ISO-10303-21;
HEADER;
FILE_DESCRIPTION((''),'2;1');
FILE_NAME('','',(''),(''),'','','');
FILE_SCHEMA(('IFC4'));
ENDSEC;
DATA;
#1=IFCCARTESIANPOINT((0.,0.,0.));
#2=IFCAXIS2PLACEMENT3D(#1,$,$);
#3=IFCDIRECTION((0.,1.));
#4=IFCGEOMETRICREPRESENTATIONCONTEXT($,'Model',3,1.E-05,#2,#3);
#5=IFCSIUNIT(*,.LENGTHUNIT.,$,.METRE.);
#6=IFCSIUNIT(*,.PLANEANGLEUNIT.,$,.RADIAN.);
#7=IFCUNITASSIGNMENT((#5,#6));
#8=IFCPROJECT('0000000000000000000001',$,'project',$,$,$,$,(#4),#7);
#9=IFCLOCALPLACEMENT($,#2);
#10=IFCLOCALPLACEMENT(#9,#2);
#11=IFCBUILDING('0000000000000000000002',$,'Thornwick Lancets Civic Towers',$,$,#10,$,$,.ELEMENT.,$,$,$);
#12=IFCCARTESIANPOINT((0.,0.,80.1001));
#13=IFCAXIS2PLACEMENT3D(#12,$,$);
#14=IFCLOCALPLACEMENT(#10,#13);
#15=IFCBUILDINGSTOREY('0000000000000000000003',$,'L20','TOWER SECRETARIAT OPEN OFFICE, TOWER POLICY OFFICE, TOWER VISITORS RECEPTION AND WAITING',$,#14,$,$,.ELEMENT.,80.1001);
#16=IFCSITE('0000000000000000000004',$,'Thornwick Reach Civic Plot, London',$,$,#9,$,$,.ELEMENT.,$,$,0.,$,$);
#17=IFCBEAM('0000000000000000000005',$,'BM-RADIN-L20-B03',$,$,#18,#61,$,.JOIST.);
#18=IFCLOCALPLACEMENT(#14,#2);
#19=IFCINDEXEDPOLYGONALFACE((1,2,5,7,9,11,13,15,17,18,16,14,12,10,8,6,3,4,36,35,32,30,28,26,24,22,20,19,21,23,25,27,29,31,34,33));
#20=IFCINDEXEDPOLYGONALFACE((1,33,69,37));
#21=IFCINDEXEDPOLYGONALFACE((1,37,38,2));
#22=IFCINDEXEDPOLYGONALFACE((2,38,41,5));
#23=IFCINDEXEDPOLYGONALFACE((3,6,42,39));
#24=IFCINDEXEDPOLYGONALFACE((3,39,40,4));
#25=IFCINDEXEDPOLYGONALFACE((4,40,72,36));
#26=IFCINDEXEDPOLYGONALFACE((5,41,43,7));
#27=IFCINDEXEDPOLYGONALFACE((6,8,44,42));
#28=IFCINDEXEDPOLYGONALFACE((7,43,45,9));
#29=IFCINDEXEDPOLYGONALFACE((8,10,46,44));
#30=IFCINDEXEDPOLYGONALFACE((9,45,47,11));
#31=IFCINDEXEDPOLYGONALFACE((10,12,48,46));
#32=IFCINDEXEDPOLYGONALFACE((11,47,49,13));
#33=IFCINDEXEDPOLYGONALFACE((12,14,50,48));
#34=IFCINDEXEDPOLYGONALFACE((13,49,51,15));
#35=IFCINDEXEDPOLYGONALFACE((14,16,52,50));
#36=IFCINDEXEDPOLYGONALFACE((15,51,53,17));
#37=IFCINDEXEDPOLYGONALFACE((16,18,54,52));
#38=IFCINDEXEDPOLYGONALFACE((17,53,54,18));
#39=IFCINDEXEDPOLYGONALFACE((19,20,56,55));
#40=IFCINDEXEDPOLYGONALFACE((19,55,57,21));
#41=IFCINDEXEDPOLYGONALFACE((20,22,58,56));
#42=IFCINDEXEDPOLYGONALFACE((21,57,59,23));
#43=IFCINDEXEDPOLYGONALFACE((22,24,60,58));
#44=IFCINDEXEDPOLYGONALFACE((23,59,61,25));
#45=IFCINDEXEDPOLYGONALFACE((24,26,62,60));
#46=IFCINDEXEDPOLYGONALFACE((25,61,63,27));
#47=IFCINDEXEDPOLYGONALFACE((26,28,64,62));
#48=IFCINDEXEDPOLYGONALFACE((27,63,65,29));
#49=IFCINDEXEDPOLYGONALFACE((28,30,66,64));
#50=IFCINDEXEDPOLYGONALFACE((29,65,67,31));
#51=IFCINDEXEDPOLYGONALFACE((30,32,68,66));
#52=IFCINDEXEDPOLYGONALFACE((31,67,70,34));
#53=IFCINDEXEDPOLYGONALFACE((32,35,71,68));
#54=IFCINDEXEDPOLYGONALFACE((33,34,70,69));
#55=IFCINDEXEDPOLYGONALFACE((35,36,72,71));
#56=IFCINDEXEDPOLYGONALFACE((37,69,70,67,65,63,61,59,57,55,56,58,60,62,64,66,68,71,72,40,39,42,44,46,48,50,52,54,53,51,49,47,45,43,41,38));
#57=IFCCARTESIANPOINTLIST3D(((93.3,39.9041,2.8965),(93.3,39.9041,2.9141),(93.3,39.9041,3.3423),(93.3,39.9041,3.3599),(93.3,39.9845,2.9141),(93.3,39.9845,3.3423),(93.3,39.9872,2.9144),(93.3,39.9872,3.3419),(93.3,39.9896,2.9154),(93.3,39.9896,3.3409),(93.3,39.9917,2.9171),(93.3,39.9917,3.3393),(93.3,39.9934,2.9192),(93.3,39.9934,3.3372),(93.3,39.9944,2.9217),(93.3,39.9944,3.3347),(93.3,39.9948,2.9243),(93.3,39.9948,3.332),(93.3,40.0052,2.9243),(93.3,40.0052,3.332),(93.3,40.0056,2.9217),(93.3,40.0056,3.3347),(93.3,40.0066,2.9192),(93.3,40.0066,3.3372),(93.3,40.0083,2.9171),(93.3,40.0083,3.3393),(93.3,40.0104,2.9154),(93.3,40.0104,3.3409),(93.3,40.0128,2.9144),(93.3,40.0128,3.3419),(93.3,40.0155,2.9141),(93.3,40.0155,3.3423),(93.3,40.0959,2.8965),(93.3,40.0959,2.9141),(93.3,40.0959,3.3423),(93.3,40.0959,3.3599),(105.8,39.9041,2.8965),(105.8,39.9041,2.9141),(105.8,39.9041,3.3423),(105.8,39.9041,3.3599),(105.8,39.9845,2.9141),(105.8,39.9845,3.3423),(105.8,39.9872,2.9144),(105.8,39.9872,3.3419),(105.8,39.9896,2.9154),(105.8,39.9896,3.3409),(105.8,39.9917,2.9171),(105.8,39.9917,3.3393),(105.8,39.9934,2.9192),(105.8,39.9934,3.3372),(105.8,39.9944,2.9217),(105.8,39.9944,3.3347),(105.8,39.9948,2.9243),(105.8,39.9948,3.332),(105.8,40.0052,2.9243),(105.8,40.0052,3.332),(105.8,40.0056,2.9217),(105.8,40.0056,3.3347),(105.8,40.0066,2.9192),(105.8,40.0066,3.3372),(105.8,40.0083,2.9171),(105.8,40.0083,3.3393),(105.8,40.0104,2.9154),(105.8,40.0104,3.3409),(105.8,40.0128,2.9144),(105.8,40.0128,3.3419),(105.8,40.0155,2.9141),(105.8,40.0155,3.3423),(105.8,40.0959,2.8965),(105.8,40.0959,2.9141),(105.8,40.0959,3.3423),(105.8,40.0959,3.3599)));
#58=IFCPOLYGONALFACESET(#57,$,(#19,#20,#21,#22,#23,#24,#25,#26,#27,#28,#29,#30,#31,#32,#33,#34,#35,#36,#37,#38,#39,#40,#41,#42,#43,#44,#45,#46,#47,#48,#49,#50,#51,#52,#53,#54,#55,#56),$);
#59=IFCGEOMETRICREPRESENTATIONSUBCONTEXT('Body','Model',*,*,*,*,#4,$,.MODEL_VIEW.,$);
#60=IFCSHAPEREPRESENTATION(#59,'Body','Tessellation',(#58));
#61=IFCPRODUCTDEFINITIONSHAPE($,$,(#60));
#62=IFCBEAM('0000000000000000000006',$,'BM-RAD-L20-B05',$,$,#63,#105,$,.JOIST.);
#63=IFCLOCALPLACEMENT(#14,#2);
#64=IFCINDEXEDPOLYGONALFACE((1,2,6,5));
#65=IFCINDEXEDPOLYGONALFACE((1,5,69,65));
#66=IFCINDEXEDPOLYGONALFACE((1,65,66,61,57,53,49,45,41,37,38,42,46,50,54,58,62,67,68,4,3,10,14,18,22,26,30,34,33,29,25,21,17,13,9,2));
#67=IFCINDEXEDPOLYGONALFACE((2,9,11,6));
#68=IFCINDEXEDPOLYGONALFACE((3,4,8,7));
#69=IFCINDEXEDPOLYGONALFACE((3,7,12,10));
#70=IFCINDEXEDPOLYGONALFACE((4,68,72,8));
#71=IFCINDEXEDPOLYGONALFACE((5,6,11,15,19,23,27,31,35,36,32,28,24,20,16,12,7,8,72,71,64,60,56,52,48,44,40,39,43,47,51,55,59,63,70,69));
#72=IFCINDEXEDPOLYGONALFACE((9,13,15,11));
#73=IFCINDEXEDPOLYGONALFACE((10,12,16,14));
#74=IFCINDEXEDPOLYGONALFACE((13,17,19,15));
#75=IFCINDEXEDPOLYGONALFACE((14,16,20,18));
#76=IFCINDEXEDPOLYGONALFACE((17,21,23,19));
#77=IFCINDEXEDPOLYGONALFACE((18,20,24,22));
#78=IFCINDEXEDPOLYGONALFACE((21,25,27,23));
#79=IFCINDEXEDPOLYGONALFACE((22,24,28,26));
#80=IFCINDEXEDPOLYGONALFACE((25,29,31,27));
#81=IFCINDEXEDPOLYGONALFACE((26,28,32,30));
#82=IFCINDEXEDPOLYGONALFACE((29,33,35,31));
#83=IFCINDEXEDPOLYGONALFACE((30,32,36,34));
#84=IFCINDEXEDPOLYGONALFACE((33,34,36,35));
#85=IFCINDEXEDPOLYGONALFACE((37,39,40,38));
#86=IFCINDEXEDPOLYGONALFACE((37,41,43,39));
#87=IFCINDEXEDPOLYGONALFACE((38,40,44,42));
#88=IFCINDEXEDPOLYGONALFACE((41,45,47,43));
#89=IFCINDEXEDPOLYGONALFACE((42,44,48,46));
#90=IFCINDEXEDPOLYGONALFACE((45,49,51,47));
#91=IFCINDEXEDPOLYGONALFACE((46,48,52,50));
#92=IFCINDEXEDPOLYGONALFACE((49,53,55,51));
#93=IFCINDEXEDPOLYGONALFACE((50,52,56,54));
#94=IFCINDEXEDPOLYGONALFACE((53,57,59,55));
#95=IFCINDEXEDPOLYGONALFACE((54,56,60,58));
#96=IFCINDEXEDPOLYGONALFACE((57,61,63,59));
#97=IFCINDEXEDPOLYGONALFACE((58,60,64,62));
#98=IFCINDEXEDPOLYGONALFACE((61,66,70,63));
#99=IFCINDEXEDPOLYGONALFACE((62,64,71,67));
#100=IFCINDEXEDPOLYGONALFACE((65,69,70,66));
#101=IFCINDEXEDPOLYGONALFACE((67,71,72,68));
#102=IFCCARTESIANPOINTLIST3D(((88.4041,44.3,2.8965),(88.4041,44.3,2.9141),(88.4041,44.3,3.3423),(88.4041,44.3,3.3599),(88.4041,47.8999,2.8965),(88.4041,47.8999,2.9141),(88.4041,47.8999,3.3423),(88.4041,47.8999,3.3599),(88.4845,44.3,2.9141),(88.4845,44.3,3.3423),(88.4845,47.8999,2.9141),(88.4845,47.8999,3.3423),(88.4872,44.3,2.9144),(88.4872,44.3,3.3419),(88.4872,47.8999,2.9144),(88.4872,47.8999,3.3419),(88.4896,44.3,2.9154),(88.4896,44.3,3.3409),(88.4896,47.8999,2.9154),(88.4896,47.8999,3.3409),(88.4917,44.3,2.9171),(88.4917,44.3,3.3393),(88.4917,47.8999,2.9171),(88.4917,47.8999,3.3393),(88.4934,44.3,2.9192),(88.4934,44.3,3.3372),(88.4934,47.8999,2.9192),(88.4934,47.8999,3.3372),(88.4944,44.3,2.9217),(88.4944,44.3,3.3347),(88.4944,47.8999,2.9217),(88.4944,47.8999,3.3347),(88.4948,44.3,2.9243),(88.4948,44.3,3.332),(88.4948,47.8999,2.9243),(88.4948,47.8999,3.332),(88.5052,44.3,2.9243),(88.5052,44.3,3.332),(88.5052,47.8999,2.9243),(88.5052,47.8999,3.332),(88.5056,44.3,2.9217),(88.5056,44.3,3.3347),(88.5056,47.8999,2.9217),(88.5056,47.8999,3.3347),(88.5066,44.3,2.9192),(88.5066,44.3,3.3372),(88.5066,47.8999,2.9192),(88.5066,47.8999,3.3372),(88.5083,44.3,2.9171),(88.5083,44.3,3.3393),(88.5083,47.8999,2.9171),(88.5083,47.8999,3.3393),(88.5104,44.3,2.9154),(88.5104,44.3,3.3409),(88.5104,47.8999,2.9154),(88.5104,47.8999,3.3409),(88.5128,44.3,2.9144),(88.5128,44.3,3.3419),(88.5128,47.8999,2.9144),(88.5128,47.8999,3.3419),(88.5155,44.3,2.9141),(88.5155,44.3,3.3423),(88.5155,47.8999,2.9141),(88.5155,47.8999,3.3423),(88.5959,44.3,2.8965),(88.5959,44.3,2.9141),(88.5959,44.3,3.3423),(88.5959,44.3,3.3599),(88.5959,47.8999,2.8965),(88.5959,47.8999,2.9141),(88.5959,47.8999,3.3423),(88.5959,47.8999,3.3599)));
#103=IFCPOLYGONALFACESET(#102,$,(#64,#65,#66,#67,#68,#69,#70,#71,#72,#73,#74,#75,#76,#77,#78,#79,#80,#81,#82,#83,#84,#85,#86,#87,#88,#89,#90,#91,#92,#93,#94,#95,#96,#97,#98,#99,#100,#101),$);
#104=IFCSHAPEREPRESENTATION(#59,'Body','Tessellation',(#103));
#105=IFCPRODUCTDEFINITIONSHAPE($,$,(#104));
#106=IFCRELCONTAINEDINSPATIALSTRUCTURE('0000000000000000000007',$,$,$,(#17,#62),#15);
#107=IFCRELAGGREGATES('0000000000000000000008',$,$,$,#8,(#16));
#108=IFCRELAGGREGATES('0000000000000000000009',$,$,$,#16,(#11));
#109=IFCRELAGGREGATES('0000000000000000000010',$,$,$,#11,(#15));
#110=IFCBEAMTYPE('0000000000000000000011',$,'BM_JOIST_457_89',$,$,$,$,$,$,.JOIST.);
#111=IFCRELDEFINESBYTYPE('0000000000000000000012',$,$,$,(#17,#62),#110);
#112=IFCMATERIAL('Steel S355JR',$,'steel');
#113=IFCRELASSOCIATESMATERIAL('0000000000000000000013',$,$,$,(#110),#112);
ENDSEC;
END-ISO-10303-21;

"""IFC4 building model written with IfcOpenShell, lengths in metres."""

from ifc_helpers import new_model, si_unit, direction, frame, origin, origin_2d, place, context, subcontext, project, spatial, i_section, extrude, material, material_profile, profile_set, type_object, element, save


model = new_model("IFC4")

# Units and contexts
model_context = context("Model", 3, precision=1e-05, world=origin(), true_north=direction((0.0, 1.0)))
body_context = subcontext(model_context, "Body", "Model", "MODEL_VIEW")
ifc_project = project(units=[si_unit("LENGTHUNIT", "METRE"), si_unit("PLANEANGLEUNIT", "RADIAN")], contexts=[model_context])

# Site, building, storey
site_placement = place(None, origin())
site = spatial("IfcSite", under=ifc_project, at=site_placement, Name="Thornwick Reach Civic Plot, London", CompositionType="ELEMENT", RefElevation=0.0)
building_placement = place(site_placement, origin())
building = spatial("IfcBuilding", under=site, at=building_placement, Name="Thornwick Lancets Civic Towers", CompositionType="ELEMENT")
storey_placement = place(building_placement, frame((0.0, 0.0, 80.1001)))
storey = spatial("IfcBuildingStorey", under=building, at=storey_placement, Name="L20", Description="TOWER SECRETARIAT OPEN OFFICE, TOWER POLICY OFFICE, TOWER VISITORS RECEPTION AND WAITING", CompositionType="ELEMENT", Elevation=80.1001)

# Beams
ifc_material_1 = material(Name="Steel S355JR", Category="steel")
ifc_material_profile_1 = material_profile(ifc_material_1, i_section(OverallWidth=0.1919, OverallDepth=0.4634, WebThickness=0.0105, FlangeThickness=0.0176, FilletRadius=0.0103, at=origin_2d()), Name="UKB 457x191x89")
ifc_profile_set_1 = profile_set([ifc_material_profile_1], Name="Steel S355JR")
beam_type_1 = type_object("IfcBeamType", Name="BM_JOIST_457_89", PredefinedType="JOIST", material=ifc_profile_set_1)
beam_1_placement = place(storey_placement, frame((93.3, 40.0, 3.1282), z_axis=(1.0, 0.0, 0.0), x_axis=(0.0, 1.0, 0.0)))
element("IfcBeam", 1, at=beam_1_placement, inside=storey, type_object=beam_type_1, Name="BM-RADIN-L20-B03", PredefinedType="JOIST", context=body_context, shape_type="SweptSolid", body=[
    extrude(i_section(OverallWidth=0.1919, OverallDepth=0.4634, WebThickness=0.0105, FlangeThickness=0.0176, FilletRadius=0.0103, at=origin_2d()), origin(), (0.0, 0.0, 1.0), 12.5),
])
beam_2_placement = place(storey_placement, frame((88.5, 44.3, 3.1282), z_axis=(0.0, 1.0, 0.0), x_axis=(-1.0, 0.0, 0.0)))
element("IfcBeam", 2, at=beam_2_placement, inside=storey, type_object=beam_type_1, Name="BM-RAD-L20-B05", PredefinedType="JOIST", context=body_context, shape_type="SweptSolid", body=[
    extrude(i_section(OverallWidth=0.1919, OverallDepth=0.4634, WebThickness=0.0105, FlangeThickness=0.0176, FilletRadius=0.0103, at=origin_2d()), origin(), (0.0, 0.0, 1.0), 3.5999),
])

save(model, "model.ifc")
